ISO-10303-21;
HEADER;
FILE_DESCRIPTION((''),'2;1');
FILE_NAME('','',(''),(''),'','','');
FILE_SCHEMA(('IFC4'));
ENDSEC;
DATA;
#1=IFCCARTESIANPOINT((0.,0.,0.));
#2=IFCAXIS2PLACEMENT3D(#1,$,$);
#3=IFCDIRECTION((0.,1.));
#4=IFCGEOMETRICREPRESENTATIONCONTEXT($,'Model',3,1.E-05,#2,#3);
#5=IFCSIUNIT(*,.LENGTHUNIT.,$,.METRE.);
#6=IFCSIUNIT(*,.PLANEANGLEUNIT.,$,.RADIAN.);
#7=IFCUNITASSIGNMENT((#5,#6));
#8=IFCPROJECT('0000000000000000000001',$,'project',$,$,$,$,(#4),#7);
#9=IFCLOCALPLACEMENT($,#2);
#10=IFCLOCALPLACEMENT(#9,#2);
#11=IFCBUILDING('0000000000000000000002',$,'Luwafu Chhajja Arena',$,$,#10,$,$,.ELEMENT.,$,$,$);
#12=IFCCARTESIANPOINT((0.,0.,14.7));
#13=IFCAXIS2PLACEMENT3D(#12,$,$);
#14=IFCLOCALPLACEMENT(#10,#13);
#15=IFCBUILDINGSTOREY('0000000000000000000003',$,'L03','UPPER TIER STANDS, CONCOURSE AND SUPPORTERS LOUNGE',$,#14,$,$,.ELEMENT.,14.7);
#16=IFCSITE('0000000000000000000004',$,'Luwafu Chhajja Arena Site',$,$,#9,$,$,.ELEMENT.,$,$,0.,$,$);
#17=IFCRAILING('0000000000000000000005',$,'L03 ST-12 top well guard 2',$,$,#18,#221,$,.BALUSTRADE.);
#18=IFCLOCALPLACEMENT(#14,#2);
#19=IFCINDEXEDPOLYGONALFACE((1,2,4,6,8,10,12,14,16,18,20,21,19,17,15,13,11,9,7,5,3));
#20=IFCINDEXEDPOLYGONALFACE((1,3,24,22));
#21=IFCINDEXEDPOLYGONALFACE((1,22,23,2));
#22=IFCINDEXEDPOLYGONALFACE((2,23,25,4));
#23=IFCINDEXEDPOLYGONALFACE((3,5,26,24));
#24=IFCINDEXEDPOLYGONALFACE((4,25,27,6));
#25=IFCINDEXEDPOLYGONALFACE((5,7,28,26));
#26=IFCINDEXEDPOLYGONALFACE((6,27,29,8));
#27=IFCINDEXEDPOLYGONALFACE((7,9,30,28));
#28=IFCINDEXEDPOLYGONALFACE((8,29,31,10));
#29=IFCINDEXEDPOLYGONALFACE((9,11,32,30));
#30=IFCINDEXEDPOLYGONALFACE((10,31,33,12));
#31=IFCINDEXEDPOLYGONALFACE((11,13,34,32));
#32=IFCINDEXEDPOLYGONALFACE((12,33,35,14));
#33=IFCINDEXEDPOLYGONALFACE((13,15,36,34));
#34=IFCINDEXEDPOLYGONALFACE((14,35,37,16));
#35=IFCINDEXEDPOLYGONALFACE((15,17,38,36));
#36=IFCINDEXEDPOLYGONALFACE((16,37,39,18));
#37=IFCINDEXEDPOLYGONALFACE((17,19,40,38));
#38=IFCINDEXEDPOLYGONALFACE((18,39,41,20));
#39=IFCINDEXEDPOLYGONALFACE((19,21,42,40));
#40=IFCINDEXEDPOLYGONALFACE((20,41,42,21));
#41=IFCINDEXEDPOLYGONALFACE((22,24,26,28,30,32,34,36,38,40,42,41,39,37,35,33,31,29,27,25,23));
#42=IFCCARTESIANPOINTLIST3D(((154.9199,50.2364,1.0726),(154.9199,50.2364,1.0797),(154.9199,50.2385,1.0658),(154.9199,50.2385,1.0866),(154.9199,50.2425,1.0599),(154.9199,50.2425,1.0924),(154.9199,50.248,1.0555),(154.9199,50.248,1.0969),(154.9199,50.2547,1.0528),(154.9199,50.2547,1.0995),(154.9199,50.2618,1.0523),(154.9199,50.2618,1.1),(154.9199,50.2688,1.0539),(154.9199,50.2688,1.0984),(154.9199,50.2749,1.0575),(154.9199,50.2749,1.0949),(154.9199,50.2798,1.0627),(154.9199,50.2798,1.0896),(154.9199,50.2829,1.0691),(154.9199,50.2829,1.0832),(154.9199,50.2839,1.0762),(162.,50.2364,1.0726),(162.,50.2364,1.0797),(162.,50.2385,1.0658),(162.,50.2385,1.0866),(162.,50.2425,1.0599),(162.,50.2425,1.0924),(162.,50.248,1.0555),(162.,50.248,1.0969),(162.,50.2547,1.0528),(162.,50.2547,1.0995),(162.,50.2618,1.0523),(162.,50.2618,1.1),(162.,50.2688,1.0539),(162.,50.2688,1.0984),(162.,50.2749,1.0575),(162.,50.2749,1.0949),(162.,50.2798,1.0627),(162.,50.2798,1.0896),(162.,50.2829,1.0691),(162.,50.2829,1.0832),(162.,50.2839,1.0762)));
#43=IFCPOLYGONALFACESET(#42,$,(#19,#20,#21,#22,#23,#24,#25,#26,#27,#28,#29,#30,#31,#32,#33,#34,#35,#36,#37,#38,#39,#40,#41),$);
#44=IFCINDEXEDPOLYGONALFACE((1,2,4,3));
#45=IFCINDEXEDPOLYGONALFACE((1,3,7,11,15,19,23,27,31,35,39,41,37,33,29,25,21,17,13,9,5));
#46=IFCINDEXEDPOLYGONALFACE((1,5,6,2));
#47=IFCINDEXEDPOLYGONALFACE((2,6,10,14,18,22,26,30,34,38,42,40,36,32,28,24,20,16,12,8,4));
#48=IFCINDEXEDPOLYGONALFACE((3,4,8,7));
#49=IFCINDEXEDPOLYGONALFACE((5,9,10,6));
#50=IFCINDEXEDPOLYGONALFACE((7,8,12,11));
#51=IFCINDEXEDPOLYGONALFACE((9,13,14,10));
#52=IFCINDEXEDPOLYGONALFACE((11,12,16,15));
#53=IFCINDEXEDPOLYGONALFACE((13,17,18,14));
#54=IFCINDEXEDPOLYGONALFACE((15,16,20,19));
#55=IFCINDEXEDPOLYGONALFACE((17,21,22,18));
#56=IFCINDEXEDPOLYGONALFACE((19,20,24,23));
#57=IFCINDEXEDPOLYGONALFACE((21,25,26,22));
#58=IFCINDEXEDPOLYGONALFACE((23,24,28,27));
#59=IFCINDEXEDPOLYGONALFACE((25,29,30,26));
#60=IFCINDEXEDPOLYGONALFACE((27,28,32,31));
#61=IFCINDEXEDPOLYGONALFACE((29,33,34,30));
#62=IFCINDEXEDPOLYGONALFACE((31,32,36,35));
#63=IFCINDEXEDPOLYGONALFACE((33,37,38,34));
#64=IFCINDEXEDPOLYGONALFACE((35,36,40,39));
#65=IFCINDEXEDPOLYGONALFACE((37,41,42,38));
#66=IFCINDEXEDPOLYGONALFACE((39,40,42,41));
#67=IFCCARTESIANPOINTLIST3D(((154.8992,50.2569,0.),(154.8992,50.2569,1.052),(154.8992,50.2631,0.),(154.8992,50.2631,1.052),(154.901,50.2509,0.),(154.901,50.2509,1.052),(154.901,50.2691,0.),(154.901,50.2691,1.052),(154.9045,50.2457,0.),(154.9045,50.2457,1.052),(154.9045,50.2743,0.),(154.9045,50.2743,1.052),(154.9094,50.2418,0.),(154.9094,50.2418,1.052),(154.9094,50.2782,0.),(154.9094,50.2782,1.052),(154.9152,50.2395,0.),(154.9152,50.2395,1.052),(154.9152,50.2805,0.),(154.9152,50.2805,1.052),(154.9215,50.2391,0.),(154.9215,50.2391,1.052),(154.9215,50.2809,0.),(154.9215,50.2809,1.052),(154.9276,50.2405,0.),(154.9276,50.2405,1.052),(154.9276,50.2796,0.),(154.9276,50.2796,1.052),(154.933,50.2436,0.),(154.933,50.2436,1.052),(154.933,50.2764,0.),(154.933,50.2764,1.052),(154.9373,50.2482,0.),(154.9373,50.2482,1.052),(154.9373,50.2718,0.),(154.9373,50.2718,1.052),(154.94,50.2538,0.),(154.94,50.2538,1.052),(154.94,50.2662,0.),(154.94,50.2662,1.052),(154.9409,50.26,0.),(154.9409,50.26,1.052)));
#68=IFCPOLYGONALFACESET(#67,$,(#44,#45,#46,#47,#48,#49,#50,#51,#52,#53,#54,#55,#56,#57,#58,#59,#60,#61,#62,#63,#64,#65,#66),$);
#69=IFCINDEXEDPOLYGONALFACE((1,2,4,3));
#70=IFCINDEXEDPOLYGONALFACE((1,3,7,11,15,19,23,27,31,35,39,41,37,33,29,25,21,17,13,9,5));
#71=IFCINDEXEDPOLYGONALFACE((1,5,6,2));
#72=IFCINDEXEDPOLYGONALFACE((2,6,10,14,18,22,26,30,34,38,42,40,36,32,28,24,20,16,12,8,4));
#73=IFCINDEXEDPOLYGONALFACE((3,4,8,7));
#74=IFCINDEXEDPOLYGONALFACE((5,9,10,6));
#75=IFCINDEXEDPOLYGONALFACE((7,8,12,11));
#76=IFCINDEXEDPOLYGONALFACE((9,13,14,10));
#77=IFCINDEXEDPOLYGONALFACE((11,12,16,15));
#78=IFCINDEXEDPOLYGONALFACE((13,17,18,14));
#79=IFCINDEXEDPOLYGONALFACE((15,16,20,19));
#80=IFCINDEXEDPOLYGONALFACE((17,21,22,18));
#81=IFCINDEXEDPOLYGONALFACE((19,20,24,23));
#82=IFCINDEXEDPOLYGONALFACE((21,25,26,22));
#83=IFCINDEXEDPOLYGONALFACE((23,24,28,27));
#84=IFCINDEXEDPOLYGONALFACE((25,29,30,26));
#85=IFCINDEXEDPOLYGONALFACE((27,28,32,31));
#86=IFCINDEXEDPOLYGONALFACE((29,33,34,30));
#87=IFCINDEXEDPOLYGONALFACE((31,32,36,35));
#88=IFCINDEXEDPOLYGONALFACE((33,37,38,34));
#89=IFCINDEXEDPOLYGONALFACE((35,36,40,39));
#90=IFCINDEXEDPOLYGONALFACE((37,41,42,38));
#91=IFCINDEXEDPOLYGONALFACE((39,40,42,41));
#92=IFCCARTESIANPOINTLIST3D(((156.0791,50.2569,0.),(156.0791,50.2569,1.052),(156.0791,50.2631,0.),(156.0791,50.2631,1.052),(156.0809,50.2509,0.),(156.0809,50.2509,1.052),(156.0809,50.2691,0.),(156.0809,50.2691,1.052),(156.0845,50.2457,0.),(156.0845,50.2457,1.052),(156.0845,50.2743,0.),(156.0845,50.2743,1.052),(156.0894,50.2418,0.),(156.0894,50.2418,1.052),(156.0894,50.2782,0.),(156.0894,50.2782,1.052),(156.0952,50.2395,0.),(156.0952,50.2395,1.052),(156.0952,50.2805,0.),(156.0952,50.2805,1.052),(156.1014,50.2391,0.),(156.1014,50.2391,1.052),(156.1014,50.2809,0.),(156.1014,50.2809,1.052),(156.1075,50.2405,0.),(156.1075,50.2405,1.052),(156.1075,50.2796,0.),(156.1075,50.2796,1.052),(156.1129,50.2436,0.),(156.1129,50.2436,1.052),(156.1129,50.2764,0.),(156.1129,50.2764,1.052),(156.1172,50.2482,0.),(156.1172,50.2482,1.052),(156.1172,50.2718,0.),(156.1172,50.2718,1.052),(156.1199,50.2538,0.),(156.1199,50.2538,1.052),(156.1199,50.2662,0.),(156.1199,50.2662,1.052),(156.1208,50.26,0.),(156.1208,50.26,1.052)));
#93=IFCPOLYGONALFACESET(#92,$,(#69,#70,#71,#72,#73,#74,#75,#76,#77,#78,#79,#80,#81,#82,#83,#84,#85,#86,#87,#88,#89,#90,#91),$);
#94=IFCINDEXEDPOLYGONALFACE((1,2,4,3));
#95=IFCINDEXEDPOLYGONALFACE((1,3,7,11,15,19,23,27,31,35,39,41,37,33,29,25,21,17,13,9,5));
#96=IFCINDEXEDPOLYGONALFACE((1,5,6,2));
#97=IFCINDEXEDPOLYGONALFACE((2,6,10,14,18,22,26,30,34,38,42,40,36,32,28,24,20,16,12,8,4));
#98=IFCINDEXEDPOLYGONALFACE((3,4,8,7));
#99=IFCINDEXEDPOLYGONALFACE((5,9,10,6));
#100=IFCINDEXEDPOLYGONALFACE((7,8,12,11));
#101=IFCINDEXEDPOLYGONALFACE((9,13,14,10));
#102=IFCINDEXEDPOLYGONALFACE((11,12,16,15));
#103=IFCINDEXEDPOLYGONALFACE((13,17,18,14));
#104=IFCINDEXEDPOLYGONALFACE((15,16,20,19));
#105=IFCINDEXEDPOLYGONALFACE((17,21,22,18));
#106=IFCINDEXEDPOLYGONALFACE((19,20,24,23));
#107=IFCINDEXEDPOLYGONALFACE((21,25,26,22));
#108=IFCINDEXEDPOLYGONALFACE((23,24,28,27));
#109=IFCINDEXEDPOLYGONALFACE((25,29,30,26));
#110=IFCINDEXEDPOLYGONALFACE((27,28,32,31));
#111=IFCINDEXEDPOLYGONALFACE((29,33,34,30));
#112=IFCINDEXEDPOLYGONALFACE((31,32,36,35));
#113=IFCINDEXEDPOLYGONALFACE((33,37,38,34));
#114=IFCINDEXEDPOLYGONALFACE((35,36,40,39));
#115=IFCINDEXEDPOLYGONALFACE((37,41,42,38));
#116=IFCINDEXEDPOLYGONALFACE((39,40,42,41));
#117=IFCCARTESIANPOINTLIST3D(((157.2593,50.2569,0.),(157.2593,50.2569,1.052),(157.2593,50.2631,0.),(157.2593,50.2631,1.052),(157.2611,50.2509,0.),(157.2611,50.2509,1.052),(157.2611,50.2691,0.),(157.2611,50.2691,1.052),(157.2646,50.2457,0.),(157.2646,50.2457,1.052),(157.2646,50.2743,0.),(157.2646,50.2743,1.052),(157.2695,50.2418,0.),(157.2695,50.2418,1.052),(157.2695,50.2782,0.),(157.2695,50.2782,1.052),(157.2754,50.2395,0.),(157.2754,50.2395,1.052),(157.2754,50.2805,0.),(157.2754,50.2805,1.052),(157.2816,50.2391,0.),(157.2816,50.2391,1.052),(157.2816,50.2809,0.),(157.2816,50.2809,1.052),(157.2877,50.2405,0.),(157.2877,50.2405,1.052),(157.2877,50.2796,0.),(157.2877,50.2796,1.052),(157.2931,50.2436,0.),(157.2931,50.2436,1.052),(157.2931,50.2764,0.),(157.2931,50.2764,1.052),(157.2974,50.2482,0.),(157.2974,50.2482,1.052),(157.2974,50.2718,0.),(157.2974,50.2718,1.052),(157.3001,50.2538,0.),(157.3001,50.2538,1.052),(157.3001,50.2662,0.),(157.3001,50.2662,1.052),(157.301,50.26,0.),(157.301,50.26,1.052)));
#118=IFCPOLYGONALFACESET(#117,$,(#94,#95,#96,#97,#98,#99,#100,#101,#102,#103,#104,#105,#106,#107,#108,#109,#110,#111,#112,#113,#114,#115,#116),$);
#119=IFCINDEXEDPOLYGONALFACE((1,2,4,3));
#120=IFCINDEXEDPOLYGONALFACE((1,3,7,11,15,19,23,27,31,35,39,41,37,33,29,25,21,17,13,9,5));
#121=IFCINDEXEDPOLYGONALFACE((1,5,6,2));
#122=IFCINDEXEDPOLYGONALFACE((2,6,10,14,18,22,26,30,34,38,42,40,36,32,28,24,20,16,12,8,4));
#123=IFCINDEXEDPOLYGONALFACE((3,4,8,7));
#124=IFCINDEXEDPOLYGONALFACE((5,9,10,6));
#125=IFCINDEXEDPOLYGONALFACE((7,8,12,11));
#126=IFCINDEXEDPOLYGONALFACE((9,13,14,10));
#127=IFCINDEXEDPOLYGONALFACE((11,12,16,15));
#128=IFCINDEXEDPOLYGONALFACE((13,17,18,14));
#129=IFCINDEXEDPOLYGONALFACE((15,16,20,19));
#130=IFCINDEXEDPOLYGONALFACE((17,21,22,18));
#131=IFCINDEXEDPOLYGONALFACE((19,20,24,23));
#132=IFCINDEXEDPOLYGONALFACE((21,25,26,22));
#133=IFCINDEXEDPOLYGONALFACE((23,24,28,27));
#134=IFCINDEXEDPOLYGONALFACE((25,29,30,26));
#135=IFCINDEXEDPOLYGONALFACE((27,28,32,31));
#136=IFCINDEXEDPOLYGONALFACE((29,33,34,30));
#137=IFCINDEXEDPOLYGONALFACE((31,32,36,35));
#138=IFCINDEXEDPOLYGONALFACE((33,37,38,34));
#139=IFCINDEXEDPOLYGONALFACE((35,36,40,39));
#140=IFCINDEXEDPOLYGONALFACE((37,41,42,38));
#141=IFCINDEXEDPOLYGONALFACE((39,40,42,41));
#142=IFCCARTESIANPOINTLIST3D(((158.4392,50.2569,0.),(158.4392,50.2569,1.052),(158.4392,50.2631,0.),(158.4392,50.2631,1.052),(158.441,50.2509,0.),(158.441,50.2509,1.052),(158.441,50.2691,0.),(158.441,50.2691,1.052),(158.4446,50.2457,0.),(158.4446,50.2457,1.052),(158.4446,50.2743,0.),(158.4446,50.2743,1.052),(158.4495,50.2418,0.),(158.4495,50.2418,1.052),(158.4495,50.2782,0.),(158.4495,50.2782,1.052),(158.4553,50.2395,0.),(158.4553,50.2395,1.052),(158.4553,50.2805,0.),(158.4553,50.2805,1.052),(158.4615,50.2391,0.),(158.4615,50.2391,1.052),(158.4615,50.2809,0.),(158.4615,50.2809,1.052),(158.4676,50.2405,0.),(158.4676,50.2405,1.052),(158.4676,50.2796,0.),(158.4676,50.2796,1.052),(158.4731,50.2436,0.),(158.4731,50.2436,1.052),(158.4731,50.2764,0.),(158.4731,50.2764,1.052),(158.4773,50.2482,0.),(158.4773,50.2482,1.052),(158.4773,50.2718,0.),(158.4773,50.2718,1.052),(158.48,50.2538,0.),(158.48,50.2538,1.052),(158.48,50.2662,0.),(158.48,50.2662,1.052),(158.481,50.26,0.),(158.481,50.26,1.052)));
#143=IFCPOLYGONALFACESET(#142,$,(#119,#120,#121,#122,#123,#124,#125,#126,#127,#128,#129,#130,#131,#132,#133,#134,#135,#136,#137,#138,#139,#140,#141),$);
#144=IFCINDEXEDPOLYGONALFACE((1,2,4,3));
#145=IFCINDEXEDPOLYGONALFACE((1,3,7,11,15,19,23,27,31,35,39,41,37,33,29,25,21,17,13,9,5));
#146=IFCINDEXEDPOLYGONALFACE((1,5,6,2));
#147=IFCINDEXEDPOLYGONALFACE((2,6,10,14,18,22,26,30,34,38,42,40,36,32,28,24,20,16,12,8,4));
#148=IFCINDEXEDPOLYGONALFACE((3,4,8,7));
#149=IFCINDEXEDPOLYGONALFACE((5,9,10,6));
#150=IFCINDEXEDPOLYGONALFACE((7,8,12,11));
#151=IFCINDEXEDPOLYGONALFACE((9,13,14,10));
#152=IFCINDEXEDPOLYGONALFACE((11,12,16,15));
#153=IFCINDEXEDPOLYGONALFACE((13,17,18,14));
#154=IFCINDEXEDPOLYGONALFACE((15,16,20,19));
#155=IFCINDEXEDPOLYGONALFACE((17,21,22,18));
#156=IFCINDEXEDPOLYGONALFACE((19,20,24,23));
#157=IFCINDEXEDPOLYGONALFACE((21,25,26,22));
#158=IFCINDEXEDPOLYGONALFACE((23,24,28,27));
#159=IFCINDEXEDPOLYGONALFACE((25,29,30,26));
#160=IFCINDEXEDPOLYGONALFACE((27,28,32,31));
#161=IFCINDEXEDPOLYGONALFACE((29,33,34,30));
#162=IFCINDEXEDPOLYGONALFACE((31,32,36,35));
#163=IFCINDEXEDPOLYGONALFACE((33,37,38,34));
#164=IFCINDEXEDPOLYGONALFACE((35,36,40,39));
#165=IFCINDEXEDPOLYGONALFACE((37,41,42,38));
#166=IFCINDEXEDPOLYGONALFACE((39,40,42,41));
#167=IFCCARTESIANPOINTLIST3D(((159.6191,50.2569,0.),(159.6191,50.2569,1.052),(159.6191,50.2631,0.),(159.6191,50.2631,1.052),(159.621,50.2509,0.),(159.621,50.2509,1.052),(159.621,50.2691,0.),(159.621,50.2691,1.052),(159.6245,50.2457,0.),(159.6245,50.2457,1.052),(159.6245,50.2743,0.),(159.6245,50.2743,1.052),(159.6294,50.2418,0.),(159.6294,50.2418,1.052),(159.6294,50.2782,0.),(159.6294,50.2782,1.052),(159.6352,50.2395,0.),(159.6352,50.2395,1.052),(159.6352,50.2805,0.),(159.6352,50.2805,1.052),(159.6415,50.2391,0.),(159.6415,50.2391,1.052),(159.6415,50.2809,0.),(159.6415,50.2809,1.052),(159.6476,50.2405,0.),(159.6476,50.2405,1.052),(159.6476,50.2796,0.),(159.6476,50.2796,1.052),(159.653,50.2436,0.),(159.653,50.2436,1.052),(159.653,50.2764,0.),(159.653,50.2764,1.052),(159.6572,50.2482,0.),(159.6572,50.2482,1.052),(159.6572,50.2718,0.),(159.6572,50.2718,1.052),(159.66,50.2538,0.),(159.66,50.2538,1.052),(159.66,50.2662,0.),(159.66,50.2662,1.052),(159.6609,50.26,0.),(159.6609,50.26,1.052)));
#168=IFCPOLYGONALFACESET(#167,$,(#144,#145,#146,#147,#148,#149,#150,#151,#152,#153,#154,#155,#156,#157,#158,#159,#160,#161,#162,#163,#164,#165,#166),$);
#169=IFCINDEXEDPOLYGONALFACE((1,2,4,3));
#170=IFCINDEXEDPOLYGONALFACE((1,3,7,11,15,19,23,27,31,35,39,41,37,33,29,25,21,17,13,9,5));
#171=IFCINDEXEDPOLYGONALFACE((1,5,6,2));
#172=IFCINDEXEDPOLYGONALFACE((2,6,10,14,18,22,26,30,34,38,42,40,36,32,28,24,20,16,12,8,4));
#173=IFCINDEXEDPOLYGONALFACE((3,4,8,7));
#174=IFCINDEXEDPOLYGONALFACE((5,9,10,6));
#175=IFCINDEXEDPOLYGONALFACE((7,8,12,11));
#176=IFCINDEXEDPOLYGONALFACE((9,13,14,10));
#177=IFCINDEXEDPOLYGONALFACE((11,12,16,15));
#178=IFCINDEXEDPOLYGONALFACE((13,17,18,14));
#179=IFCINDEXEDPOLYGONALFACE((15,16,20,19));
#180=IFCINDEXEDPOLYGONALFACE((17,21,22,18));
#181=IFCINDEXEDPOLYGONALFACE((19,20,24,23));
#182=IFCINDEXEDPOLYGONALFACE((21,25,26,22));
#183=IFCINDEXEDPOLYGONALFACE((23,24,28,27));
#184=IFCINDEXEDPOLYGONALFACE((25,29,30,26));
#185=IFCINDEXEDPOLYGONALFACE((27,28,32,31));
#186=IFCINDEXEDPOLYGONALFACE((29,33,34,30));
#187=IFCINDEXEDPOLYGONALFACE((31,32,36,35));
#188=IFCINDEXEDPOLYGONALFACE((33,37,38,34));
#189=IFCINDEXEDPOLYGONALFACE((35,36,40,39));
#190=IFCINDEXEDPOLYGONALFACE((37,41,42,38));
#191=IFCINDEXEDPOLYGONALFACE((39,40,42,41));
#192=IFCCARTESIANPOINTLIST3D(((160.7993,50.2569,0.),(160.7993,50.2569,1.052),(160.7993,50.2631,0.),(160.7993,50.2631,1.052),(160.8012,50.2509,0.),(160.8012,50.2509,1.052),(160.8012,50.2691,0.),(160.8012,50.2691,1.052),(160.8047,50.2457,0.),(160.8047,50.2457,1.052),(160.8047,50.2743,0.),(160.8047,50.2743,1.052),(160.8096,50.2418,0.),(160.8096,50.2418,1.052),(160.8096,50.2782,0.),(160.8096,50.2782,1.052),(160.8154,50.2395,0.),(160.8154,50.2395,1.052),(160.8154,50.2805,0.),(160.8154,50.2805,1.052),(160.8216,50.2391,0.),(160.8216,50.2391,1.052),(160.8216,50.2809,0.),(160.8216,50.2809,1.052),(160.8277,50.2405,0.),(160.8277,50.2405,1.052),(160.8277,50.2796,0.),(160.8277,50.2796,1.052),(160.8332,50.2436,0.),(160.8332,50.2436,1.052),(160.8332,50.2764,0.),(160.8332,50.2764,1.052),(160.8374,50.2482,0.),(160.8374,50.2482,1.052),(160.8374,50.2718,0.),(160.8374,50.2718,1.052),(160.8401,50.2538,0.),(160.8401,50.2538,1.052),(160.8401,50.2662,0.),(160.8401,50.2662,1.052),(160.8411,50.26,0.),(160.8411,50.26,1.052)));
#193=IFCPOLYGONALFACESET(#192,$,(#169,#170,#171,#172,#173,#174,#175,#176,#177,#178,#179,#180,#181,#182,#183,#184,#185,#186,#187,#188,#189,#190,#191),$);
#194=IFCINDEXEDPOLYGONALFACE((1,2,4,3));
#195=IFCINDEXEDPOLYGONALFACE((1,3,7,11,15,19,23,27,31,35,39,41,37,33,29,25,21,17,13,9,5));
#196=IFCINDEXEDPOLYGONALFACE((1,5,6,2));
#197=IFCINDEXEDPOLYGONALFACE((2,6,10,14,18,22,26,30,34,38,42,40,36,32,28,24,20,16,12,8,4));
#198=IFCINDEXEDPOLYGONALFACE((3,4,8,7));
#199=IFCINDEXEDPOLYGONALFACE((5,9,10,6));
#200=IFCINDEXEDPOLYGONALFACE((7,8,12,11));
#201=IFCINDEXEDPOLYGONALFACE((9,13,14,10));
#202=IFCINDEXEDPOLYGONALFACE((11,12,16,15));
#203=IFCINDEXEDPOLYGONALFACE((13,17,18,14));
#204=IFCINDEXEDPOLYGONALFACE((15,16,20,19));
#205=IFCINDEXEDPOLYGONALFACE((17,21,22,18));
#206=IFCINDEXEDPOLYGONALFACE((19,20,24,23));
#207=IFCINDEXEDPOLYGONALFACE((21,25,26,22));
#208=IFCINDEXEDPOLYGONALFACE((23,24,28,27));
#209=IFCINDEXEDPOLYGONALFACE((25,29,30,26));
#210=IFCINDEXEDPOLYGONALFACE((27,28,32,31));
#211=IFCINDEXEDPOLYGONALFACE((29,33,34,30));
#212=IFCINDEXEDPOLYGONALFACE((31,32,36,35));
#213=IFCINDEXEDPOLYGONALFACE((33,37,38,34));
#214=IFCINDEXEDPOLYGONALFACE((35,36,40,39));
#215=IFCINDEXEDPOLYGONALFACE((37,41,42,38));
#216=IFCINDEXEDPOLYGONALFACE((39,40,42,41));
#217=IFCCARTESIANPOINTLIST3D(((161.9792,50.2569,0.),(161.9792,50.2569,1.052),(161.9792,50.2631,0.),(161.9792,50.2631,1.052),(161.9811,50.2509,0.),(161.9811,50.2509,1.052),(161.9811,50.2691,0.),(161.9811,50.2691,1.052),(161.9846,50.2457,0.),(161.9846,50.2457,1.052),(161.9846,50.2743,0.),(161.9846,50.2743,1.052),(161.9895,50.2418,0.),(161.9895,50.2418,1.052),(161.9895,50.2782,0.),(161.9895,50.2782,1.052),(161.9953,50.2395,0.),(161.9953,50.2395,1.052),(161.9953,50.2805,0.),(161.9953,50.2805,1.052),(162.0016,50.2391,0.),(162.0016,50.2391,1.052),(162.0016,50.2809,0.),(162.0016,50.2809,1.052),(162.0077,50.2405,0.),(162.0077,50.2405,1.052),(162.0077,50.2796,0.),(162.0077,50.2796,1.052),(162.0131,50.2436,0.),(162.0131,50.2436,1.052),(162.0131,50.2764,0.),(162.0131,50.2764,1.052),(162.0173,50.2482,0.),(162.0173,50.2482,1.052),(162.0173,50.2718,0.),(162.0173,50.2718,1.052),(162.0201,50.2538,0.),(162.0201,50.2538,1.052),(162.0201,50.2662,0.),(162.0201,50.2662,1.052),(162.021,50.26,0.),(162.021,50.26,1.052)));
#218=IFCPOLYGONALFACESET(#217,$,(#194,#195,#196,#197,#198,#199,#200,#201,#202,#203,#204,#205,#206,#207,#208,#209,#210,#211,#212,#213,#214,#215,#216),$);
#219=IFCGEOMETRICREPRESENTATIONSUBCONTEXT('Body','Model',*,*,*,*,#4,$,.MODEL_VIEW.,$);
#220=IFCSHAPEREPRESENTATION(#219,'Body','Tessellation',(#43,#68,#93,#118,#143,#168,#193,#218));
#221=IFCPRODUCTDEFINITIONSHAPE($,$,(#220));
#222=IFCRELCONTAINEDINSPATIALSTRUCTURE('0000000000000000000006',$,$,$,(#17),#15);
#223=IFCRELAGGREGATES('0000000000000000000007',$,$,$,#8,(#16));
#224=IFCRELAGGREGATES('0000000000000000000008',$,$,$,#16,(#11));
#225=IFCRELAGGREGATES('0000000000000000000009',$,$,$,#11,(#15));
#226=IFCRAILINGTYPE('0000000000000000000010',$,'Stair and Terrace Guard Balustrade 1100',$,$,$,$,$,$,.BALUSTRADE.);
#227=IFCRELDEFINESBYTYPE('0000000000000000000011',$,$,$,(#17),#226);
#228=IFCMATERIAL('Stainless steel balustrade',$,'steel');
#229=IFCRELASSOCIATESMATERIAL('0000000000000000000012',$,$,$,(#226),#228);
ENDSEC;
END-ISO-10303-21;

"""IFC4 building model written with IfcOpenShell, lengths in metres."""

from ifc_helpers import new_model, si_unit, direction, frame, origin, origin_2d, place, context, subcontext, project, spatial, circle, extrude, material, type_object, element, save


model = new_model("IFC4")

# Units and contexts
model_context = context("Model", 3, precision=1e-05, world=origin(), true_north=direction((0.0, 1.0)))
body_context = subcontext(model_context, "Body", "Model", "MODEL_VIEW")
ifc_project = project(units=[si_unit("LENGTHUNIT", "METRE"), si_unit("PLANEANGLEUNIT", "RADIAN")], contexts=[model_context])

# Site, building, storey
site_placement = place(None, origin())
site = spatial("IfcSite", under=ifc_project, at=site_placement, Name="Luwafu Chhajja Arena Site", CompositionType="ELEMENT", RefElevation=0.0)
building_placement = place(site_placement, origin())
building = spatial("IfcBuilding", under=site, at=building_placement, Name="Luwafu Chhajja Arena", CompositionType="ELEMENT")
storey_placement = place(building_placement, frame((0.0, 0.0, 14.7)))
storey = spatial("IfcBuildingStorey", under=building, at=storey_placement, Name="L03", Description="UPPER TIER STANDS, CONCOURSE AND SUPPORTERS LOUNGE", CompositionType="ELEMENT", Elevation=14.7)

# Railing
ifc_material_1 = material(Name="Stainless steel balustrade", Category="steel")
railing_type = type_object("IfcRailingType", Name="Stair and Terrace Guard Balustrade 1100", PredefinedType="BALUSTRADE", material=ifc_material_1)
for number, where, name in (
    (1, (154.9199, 50.26, 0.0), "L03 ST-12 top well guard 2"),
):
    element("IfcRailing", number, at=place(storey_placement, frame(where)), inside=storey, type_object=railing_type, Name=name, PredefinedType="BALUSTRADE", context=body_context, shape_type="SweptSolid", body=[
        extrude(circle(Radius=0.0239, at=origin_2d()), frame((0.0, 0.0, 1.0762), z_axis=(1.0, 0.0, 0.0), x_axis=(0.0, 1.0, 0.0)), (0.0, 0.0, 1.0), 7.0801),
        extrude(circle(Radius=0.021, at=origin_2d()), origin(), (0.0, 0.0, 1.0), 1.052),
        extrude(circle(Radius=0.021, at=origin_2d()), frame((1.1799, 0.0, 0.0)), (0.0, 0.0, 1.0), 1.052),
        extrude(circle(Radius=0.021, at=origin_2d()), frame((2.3601, 0.0, 0.0)), (0.0, 0.0, 1.0), 1.052),
        extrude(circle(Radius=0.021, at=origin_2d()), frame((3.54, 0.0, 0.0)), (0.0, 0.0, 1.0), 1.052),
        extrude(circle(Radius=0.021, at=origin_2d()), frame((4.72, 0.0, 0.0)), (0.0, 0.0, 1.0), 1.052),
        extrude(circle(Radius=0.021, at=origin_2d()), frame((5.9001, 0.0, 0.0)), (0.0, 0.0, 1.0), 1.052),
        extrude(circle(Radius=0.021, at=origin_2d()), frame((7.0801, 0.0, 0.0)), (0.0, 0.0, 1.0), 1.052),
    ])

save(model, "model.ifc")
